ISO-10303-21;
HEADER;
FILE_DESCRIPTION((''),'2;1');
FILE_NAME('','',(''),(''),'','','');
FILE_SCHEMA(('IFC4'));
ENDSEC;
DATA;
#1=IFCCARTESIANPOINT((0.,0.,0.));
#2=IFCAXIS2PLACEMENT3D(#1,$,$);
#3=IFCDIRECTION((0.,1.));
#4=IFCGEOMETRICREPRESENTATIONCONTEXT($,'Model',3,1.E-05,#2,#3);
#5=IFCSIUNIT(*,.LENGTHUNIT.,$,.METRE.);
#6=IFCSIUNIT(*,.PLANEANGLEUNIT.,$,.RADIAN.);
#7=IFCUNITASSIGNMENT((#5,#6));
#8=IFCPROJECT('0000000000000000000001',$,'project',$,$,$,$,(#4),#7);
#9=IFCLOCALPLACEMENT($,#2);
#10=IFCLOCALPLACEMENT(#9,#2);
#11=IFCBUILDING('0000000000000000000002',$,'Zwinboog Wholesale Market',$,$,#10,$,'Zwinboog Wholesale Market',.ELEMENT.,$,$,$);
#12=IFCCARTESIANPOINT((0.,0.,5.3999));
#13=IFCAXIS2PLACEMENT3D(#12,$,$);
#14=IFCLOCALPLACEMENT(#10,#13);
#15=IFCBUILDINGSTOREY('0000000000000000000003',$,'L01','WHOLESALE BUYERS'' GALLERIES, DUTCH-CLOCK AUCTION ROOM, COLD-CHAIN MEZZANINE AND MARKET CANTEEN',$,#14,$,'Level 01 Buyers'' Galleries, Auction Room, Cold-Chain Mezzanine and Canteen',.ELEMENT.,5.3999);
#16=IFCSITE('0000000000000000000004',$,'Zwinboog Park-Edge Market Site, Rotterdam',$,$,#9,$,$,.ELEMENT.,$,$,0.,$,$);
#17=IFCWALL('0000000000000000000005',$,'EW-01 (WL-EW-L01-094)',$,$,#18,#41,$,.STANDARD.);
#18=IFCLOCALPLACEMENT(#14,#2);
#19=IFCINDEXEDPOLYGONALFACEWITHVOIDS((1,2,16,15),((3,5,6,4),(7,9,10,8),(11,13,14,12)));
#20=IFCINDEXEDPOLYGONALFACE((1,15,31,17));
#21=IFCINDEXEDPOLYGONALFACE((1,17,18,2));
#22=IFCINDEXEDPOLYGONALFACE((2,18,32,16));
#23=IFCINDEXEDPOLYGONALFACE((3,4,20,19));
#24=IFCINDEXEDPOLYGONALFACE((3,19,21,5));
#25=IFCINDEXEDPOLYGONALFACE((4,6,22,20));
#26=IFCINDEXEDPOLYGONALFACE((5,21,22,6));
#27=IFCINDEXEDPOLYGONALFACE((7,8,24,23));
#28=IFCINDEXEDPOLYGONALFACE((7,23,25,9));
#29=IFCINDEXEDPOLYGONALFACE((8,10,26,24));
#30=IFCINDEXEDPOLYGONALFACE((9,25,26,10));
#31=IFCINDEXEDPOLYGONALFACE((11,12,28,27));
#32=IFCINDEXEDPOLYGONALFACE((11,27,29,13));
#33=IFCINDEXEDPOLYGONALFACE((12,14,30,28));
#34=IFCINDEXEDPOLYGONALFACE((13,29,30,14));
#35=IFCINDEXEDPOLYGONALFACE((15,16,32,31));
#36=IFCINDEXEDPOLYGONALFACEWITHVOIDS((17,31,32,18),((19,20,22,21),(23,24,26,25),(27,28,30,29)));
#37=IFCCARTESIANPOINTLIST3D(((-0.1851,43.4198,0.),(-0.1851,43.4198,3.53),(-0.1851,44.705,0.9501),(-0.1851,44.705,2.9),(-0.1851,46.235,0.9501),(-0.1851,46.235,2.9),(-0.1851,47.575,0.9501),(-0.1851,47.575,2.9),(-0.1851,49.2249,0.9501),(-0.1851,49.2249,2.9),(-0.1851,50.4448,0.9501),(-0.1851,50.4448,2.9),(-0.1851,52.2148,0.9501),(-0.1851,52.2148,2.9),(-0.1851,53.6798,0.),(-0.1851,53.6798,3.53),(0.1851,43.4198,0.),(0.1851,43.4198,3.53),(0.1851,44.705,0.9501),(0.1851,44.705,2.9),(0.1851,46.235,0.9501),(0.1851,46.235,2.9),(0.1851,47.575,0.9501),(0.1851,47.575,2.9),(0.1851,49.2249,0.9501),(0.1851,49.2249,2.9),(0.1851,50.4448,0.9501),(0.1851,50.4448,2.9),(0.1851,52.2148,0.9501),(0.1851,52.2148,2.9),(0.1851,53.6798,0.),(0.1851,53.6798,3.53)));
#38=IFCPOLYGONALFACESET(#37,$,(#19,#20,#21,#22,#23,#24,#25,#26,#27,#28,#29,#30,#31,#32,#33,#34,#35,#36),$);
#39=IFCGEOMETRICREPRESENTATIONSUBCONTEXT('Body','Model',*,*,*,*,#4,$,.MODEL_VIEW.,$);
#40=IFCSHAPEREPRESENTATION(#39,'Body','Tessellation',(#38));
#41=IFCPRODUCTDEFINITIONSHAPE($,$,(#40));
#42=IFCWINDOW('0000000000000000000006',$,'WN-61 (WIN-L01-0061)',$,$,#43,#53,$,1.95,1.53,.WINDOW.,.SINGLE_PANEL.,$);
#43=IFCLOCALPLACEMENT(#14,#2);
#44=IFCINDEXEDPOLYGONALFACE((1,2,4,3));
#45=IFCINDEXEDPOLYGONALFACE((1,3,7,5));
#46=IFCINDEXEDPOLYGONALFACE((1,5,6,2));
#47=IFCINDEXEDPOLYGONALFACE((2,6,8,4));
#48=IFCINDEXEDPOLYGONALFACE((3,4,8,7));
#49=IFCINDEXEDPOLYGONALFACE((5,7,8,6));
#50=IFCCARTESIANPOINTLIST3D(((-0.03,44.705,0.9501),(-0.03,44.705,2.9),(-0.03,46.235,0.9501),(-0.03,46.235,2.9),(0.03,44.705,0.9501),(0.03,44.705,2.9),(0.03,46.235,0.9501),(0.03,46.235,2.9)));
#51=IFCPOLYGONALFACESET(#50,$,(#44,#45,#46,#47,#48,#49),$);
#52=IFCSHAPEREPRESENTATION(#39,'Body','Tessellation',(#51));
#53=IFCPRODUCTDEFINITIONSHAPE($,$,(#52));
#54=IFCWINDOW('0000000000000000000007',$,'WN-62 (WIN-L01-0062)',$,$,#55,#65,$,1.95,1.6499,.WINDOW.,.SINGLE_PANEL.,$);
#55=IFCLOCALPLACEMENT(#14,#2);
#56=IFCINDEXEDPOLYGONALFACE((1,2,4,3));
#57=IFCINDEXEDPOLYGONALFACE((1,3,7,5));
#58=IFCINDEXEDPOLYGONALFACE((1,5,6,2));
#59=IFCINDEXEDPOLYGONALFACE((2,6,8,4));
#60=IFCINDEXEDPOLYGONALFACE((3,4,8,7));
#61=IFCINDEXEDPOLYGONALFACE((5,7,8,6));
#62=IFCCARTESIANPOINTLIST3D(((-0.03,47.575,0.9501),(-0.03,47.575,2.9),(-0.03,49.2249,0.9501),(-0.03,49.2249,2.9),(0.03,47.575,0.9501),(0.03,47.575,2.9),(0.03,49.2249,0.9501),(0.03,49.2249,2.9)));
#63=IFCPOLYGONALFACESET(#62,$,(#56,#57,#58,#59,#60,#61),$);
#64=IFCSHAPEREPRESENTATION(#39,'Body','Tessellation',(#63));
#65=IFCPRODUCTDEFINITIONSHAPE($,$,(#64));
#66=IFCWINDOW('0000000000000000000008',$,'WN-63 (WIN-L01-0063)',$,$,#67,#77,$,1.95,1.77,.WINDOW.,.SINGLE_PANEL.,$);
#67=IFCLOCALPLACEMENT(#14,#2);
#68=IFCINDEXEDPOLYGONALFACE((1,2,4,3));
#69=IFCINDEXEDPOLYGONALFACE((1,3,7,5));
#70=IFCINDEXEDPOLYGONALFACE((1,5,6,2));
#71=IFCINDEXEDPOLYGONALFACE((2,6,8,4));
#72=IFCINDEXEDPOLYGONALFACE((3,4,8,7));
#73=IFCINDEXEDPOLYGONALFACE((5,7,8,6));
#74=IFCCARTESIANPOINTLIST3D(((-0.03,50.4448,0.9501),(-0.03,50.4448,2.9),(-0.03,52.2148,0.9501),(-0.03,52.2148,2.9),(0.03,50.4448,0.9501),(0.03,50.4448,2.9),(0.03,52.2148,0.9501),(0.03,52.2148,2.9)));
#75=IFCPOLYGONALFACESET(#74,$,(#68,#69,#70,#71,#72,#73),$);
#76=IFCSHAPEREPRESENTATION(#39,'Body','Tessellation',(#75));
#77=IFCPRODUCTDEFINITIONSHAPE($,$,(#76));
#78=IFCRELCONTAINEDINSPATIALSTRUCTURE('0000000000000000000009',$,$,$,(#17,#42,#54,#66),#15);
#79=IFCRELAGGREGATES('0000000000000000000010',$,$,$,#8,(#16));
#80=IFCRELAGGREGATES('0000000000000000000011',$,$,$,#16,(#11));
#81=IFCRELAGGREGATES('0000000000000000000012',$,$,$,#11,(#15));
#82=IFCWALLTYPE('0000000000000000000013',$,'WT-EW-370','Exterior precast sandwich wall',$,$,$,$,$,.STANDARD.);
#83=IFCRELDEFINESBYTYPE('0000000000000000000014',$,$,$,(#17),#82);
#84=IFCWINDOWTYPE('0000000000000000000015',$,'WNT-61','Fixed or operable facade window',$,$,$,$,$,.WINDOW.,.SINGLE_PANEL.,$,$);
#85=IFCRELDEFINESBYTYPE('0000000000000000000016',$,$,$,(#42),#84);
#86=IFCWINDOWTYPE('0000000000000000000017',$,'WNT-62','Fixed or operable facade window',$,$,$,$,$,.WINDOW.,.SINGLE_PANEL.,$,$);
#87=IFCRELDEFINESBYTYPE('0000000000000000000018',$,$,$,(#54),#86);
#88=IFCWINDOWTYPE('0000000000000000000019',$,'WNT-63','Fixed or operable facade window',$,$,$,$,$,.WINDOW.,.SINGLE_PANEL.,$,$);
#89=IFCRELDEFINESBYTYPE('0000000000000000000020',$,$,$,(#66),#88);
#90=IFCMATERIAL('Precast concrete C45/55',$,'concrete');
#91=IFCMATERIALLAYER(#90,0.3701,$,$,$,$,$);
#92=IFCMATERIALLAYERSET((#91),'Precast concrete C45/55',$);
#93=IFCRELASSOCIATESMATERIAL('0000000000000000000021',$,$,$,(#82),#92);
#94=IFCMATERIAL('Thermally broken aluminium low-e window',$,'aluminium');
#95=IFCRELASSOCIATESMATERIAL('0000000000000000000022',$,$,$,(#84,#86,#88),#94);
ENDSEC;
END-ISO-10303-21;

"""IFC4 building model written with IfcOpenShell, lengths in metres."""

from ifc_helpers import new_model, si_unit, direction, frame, frame_2d, origin, place, context, subcontext, project, spatial, rectangle, extrude, material, layer, layer_set, type_object, element, fill, save


model = new_model("IFC4")

# Units and contexts
model_context = context("Model", 3, precision=1e-05, world=origin(), true_north=direction((0.0, 1.0)))
body_context = subcontext(model_context, "Body", "Model", "MODEL_VIEW")
ifc_project = project(units=[si_unit("LENGTHUNIT", "METRE"), si_unit("PLANEANGLEUNIT", "RADIAN")], contexts=[model_context])

# Site, building, storey
site_placement = place(None, origin())
site = spatial("IfcSite", under=ifc_project, at=site_placement, Name="Zwinboog Park-Edge Market Site, Rotterdam", CompositionType="ELEMENT", RefElevation=0.0)
building_placement = place(site_placement, origin())
building = spatial("IfcBuilding", under=site, at=building_placement, Name="Zwinboog Wholesale Market", LongName="Zwinboog Wholesale Market", CompositionType="ELEMENT")
storey_placement = place(building_placement, frame((0.0, 0.0, 5.3999)))
storey = spatial("IfcBuildingStorey", under=building, at=storey_placement, Name="L01", Description="WHOLESALE BUYERS' GALLERIES, DUTCH-CLOCK AUCTION ROOM, COLD-CHAIN MEZZANINE AND MARKET CANTEEN", LongName="Level 01 Buyers' Galleries, Auction Room, Cold-Chain Mezzanine and Canteen", CompositionType="ELEMENT", Elevation=5.3999)

# Shared definitions
ifc_material_1 = material(Name="Precast concrete C45/55", Category="concrete")

# Wall, openings, windows
ifc_layer_1 = layer(ifc_material_1, 0.3701)
ifc_layer_set_1 = layer_set([ifc_layer_1], Name="Precast concrete C45/55")
wall_type = type_object("IfcWallType", Name="WT-EW-370", Description="Exterior precast sandwich wall", PredefinedType="STANDARD", material=ifc_layer_set_1)
wall_placement = place(storey_placement, frame((0.0, 43.4199, 0.0), z_axis=(0.0, 0.0, 1.0), x_axis=(0.0, 1.0, 0.0)))
wall = element("IfcWall", 1, at=wall_placement, inside=storey, type_object=wall_type, Name="EW-01 (WL-EW-L01-094)", PredefinedType="STANDARD", context=body_context, shape_type="SweptSolid", body=[
    extrude(rectangle(XDim=10.26, YDim=0.3701, at=frame_2d((5.1299, 0.0))), origin(), (0.0, 0.0, 1.0), 3.53),
])
opening_1_placement = place(wall_placement, frame((1.2849, 0.0, 0.95)))
opening_1 = element("IfcOpeningElement", 2, at=opening_1_placement, cuts=wall, PredefinedType="OPENING", context=body_context, shape_type="SweptSolid", body=[
    extrude(rectangle(XDim=1.53, YDim=1.95, at=frame_2d((0.7651, 0.9751))), frame((0.0, 0.1951, 0.0), z_axis=(0.0, -1.0, 0.0), x_axis=(1.0, 0.0, 0.0)), (0.0, 0.0, 1.0), 0.3901),
])
opening_2_placement = place(wall_placement, frame((4.155, 0.0, 0.95)))
opening_2 = element("IfcOpeningElement", 3, at=opening_2_placement, cuts=wall, PredefinedType="OPENING", context=body_context, shape_type="SweptSolid", body=[
    extrude(rectangle(XDim=1.6499, YDim=1.95, at=frame_2d((0.825, 0.9751))), frame((0.0, 0.1951, 0.0), z_axis=(0.0, -1.0, 0.0), x_axis=(1.0, 0.0, 0.0)), (0.0, 0.0, 1.0), 0.3901),
])
opening_3_placement = place(wall_placement, frame((7.0249, 0.0, 0.95)))
opening_3 = element("IfcOpeningElement", 4, at=opening_3_placement, cuts=wall, PredefinedType="OPENING", context=body_context, shape_type="SweptSolid", body=[
    extrude(rectangle(XDim=1.77, YDim=1.95, at=frame_2d((0.885, 0.9751))), frame((0.0, 0.1951, 0.0), z_axis=(0.0, -1.0, 0.0), x_axis=(1.0, 0.0, 0.0)), (0.0, 0.0, 1.0), 0.3901),
])
ifc_material_2 = material(Name="Thermally broken aluminium low-e window", Category="aluminium")
window_type_1 = type_object("IfcWindowType", Name="WNT-61", Description="Fixed or operable facade window", PartitioningType="SINGLE_PANEL", PredefinedType="WINDOW", material=ifc_material_2)
window_1_placement = place(opening_1_placement, origin())
window_1 = element("IfcWindow", 5, at=window_1_placement, inside=storey, type_object=window_type_1, Name="WN-61 (WIN-L01-0061)", OverallHeight=1.95, OverallWidth=1.53, PartitioningType="SINGLE_PANEL", PredefinedType="WINDOW", context=body_context, shape_type="SweptSolid", body=[
    extrude(rectangle(XDim=1.53, YDim=1.95, at=frame_2d((0.7651, 0.9751))), frame((0.0, 0.03, 0.0), z_axis=(0.0, -1.0, 0.0), x_axis=(1.0, 0.0, 0.0)), (0.0, 0.0, 1.0), 0.0601),
])
fill(opening_1, window_1)
window_type_2 = type_object("IfcWindowType", Name="WNT-62", Description="Fixed or operable facade window", PartitioningType="SINGLE_PANEL", PredefinedType="WINDOW", material=ifc_material_2)
window_2_placement = place(opening_2_placement, origin())
window_2 = element("IfcWindow", 6, at=window_2_placement, inside=storey, type_object=window_type_2, Name="WN-62 (WIN-L01-0062)", OverallHeight=1.95, OverallWidth=1.6499, PartitioningType="SINGLE_PANEL", PredefinedType="WINDOW", context=body_context, shape_type="SweptSolid", body=[
    extrude(rectangle(XDim=1.6499, YDim=1.95, at=frame_2d((0.825, 0.9751))), frame((0.0, 0.03, 0.0), z_axis=(0.0, -1.0, 0.0), x_axis=(1.0, 0.0, 0.0)), (0.0, 0.0, 1.0), 0.0601),
])
fill(opening_2, window_2)
window_type_3 = type_object("IfcWindowType", Name="WNT-63", Description="Fixed or operable facade window", PartitioningType="SINGLE_PANEL", PredefinedType="WINDOW", material=ifc_material_2)
window_3_placement = place(opening_3_placement, origin())
window_3 = element("IfcWindow", 7, at=window_3_placement, inside=storey, type_object=window_type_3, Name="WN-63 (WIN-L01-0063)", OverallHeight=1.95, OverallWidth=1.77, PartitioningType="SINGLE_PANEL", PredefinedType="WINDOW", context=body_context, shape_type="SweptSolid", body=[
    extrude(rectangle(XDim=1.77, YDim=1.95, at=frame_2d((0.885, 0.9751))), frame((0.0, 0.03, 0.0), z_axis=(0.0, -1.0, 0.0), x_axis=(1.0, 0.0, 0.0)), (0.0, 0.0, 1.0), 0.0601),
])
fill(opening_3, window_3)

save(model, "model.ifc")
